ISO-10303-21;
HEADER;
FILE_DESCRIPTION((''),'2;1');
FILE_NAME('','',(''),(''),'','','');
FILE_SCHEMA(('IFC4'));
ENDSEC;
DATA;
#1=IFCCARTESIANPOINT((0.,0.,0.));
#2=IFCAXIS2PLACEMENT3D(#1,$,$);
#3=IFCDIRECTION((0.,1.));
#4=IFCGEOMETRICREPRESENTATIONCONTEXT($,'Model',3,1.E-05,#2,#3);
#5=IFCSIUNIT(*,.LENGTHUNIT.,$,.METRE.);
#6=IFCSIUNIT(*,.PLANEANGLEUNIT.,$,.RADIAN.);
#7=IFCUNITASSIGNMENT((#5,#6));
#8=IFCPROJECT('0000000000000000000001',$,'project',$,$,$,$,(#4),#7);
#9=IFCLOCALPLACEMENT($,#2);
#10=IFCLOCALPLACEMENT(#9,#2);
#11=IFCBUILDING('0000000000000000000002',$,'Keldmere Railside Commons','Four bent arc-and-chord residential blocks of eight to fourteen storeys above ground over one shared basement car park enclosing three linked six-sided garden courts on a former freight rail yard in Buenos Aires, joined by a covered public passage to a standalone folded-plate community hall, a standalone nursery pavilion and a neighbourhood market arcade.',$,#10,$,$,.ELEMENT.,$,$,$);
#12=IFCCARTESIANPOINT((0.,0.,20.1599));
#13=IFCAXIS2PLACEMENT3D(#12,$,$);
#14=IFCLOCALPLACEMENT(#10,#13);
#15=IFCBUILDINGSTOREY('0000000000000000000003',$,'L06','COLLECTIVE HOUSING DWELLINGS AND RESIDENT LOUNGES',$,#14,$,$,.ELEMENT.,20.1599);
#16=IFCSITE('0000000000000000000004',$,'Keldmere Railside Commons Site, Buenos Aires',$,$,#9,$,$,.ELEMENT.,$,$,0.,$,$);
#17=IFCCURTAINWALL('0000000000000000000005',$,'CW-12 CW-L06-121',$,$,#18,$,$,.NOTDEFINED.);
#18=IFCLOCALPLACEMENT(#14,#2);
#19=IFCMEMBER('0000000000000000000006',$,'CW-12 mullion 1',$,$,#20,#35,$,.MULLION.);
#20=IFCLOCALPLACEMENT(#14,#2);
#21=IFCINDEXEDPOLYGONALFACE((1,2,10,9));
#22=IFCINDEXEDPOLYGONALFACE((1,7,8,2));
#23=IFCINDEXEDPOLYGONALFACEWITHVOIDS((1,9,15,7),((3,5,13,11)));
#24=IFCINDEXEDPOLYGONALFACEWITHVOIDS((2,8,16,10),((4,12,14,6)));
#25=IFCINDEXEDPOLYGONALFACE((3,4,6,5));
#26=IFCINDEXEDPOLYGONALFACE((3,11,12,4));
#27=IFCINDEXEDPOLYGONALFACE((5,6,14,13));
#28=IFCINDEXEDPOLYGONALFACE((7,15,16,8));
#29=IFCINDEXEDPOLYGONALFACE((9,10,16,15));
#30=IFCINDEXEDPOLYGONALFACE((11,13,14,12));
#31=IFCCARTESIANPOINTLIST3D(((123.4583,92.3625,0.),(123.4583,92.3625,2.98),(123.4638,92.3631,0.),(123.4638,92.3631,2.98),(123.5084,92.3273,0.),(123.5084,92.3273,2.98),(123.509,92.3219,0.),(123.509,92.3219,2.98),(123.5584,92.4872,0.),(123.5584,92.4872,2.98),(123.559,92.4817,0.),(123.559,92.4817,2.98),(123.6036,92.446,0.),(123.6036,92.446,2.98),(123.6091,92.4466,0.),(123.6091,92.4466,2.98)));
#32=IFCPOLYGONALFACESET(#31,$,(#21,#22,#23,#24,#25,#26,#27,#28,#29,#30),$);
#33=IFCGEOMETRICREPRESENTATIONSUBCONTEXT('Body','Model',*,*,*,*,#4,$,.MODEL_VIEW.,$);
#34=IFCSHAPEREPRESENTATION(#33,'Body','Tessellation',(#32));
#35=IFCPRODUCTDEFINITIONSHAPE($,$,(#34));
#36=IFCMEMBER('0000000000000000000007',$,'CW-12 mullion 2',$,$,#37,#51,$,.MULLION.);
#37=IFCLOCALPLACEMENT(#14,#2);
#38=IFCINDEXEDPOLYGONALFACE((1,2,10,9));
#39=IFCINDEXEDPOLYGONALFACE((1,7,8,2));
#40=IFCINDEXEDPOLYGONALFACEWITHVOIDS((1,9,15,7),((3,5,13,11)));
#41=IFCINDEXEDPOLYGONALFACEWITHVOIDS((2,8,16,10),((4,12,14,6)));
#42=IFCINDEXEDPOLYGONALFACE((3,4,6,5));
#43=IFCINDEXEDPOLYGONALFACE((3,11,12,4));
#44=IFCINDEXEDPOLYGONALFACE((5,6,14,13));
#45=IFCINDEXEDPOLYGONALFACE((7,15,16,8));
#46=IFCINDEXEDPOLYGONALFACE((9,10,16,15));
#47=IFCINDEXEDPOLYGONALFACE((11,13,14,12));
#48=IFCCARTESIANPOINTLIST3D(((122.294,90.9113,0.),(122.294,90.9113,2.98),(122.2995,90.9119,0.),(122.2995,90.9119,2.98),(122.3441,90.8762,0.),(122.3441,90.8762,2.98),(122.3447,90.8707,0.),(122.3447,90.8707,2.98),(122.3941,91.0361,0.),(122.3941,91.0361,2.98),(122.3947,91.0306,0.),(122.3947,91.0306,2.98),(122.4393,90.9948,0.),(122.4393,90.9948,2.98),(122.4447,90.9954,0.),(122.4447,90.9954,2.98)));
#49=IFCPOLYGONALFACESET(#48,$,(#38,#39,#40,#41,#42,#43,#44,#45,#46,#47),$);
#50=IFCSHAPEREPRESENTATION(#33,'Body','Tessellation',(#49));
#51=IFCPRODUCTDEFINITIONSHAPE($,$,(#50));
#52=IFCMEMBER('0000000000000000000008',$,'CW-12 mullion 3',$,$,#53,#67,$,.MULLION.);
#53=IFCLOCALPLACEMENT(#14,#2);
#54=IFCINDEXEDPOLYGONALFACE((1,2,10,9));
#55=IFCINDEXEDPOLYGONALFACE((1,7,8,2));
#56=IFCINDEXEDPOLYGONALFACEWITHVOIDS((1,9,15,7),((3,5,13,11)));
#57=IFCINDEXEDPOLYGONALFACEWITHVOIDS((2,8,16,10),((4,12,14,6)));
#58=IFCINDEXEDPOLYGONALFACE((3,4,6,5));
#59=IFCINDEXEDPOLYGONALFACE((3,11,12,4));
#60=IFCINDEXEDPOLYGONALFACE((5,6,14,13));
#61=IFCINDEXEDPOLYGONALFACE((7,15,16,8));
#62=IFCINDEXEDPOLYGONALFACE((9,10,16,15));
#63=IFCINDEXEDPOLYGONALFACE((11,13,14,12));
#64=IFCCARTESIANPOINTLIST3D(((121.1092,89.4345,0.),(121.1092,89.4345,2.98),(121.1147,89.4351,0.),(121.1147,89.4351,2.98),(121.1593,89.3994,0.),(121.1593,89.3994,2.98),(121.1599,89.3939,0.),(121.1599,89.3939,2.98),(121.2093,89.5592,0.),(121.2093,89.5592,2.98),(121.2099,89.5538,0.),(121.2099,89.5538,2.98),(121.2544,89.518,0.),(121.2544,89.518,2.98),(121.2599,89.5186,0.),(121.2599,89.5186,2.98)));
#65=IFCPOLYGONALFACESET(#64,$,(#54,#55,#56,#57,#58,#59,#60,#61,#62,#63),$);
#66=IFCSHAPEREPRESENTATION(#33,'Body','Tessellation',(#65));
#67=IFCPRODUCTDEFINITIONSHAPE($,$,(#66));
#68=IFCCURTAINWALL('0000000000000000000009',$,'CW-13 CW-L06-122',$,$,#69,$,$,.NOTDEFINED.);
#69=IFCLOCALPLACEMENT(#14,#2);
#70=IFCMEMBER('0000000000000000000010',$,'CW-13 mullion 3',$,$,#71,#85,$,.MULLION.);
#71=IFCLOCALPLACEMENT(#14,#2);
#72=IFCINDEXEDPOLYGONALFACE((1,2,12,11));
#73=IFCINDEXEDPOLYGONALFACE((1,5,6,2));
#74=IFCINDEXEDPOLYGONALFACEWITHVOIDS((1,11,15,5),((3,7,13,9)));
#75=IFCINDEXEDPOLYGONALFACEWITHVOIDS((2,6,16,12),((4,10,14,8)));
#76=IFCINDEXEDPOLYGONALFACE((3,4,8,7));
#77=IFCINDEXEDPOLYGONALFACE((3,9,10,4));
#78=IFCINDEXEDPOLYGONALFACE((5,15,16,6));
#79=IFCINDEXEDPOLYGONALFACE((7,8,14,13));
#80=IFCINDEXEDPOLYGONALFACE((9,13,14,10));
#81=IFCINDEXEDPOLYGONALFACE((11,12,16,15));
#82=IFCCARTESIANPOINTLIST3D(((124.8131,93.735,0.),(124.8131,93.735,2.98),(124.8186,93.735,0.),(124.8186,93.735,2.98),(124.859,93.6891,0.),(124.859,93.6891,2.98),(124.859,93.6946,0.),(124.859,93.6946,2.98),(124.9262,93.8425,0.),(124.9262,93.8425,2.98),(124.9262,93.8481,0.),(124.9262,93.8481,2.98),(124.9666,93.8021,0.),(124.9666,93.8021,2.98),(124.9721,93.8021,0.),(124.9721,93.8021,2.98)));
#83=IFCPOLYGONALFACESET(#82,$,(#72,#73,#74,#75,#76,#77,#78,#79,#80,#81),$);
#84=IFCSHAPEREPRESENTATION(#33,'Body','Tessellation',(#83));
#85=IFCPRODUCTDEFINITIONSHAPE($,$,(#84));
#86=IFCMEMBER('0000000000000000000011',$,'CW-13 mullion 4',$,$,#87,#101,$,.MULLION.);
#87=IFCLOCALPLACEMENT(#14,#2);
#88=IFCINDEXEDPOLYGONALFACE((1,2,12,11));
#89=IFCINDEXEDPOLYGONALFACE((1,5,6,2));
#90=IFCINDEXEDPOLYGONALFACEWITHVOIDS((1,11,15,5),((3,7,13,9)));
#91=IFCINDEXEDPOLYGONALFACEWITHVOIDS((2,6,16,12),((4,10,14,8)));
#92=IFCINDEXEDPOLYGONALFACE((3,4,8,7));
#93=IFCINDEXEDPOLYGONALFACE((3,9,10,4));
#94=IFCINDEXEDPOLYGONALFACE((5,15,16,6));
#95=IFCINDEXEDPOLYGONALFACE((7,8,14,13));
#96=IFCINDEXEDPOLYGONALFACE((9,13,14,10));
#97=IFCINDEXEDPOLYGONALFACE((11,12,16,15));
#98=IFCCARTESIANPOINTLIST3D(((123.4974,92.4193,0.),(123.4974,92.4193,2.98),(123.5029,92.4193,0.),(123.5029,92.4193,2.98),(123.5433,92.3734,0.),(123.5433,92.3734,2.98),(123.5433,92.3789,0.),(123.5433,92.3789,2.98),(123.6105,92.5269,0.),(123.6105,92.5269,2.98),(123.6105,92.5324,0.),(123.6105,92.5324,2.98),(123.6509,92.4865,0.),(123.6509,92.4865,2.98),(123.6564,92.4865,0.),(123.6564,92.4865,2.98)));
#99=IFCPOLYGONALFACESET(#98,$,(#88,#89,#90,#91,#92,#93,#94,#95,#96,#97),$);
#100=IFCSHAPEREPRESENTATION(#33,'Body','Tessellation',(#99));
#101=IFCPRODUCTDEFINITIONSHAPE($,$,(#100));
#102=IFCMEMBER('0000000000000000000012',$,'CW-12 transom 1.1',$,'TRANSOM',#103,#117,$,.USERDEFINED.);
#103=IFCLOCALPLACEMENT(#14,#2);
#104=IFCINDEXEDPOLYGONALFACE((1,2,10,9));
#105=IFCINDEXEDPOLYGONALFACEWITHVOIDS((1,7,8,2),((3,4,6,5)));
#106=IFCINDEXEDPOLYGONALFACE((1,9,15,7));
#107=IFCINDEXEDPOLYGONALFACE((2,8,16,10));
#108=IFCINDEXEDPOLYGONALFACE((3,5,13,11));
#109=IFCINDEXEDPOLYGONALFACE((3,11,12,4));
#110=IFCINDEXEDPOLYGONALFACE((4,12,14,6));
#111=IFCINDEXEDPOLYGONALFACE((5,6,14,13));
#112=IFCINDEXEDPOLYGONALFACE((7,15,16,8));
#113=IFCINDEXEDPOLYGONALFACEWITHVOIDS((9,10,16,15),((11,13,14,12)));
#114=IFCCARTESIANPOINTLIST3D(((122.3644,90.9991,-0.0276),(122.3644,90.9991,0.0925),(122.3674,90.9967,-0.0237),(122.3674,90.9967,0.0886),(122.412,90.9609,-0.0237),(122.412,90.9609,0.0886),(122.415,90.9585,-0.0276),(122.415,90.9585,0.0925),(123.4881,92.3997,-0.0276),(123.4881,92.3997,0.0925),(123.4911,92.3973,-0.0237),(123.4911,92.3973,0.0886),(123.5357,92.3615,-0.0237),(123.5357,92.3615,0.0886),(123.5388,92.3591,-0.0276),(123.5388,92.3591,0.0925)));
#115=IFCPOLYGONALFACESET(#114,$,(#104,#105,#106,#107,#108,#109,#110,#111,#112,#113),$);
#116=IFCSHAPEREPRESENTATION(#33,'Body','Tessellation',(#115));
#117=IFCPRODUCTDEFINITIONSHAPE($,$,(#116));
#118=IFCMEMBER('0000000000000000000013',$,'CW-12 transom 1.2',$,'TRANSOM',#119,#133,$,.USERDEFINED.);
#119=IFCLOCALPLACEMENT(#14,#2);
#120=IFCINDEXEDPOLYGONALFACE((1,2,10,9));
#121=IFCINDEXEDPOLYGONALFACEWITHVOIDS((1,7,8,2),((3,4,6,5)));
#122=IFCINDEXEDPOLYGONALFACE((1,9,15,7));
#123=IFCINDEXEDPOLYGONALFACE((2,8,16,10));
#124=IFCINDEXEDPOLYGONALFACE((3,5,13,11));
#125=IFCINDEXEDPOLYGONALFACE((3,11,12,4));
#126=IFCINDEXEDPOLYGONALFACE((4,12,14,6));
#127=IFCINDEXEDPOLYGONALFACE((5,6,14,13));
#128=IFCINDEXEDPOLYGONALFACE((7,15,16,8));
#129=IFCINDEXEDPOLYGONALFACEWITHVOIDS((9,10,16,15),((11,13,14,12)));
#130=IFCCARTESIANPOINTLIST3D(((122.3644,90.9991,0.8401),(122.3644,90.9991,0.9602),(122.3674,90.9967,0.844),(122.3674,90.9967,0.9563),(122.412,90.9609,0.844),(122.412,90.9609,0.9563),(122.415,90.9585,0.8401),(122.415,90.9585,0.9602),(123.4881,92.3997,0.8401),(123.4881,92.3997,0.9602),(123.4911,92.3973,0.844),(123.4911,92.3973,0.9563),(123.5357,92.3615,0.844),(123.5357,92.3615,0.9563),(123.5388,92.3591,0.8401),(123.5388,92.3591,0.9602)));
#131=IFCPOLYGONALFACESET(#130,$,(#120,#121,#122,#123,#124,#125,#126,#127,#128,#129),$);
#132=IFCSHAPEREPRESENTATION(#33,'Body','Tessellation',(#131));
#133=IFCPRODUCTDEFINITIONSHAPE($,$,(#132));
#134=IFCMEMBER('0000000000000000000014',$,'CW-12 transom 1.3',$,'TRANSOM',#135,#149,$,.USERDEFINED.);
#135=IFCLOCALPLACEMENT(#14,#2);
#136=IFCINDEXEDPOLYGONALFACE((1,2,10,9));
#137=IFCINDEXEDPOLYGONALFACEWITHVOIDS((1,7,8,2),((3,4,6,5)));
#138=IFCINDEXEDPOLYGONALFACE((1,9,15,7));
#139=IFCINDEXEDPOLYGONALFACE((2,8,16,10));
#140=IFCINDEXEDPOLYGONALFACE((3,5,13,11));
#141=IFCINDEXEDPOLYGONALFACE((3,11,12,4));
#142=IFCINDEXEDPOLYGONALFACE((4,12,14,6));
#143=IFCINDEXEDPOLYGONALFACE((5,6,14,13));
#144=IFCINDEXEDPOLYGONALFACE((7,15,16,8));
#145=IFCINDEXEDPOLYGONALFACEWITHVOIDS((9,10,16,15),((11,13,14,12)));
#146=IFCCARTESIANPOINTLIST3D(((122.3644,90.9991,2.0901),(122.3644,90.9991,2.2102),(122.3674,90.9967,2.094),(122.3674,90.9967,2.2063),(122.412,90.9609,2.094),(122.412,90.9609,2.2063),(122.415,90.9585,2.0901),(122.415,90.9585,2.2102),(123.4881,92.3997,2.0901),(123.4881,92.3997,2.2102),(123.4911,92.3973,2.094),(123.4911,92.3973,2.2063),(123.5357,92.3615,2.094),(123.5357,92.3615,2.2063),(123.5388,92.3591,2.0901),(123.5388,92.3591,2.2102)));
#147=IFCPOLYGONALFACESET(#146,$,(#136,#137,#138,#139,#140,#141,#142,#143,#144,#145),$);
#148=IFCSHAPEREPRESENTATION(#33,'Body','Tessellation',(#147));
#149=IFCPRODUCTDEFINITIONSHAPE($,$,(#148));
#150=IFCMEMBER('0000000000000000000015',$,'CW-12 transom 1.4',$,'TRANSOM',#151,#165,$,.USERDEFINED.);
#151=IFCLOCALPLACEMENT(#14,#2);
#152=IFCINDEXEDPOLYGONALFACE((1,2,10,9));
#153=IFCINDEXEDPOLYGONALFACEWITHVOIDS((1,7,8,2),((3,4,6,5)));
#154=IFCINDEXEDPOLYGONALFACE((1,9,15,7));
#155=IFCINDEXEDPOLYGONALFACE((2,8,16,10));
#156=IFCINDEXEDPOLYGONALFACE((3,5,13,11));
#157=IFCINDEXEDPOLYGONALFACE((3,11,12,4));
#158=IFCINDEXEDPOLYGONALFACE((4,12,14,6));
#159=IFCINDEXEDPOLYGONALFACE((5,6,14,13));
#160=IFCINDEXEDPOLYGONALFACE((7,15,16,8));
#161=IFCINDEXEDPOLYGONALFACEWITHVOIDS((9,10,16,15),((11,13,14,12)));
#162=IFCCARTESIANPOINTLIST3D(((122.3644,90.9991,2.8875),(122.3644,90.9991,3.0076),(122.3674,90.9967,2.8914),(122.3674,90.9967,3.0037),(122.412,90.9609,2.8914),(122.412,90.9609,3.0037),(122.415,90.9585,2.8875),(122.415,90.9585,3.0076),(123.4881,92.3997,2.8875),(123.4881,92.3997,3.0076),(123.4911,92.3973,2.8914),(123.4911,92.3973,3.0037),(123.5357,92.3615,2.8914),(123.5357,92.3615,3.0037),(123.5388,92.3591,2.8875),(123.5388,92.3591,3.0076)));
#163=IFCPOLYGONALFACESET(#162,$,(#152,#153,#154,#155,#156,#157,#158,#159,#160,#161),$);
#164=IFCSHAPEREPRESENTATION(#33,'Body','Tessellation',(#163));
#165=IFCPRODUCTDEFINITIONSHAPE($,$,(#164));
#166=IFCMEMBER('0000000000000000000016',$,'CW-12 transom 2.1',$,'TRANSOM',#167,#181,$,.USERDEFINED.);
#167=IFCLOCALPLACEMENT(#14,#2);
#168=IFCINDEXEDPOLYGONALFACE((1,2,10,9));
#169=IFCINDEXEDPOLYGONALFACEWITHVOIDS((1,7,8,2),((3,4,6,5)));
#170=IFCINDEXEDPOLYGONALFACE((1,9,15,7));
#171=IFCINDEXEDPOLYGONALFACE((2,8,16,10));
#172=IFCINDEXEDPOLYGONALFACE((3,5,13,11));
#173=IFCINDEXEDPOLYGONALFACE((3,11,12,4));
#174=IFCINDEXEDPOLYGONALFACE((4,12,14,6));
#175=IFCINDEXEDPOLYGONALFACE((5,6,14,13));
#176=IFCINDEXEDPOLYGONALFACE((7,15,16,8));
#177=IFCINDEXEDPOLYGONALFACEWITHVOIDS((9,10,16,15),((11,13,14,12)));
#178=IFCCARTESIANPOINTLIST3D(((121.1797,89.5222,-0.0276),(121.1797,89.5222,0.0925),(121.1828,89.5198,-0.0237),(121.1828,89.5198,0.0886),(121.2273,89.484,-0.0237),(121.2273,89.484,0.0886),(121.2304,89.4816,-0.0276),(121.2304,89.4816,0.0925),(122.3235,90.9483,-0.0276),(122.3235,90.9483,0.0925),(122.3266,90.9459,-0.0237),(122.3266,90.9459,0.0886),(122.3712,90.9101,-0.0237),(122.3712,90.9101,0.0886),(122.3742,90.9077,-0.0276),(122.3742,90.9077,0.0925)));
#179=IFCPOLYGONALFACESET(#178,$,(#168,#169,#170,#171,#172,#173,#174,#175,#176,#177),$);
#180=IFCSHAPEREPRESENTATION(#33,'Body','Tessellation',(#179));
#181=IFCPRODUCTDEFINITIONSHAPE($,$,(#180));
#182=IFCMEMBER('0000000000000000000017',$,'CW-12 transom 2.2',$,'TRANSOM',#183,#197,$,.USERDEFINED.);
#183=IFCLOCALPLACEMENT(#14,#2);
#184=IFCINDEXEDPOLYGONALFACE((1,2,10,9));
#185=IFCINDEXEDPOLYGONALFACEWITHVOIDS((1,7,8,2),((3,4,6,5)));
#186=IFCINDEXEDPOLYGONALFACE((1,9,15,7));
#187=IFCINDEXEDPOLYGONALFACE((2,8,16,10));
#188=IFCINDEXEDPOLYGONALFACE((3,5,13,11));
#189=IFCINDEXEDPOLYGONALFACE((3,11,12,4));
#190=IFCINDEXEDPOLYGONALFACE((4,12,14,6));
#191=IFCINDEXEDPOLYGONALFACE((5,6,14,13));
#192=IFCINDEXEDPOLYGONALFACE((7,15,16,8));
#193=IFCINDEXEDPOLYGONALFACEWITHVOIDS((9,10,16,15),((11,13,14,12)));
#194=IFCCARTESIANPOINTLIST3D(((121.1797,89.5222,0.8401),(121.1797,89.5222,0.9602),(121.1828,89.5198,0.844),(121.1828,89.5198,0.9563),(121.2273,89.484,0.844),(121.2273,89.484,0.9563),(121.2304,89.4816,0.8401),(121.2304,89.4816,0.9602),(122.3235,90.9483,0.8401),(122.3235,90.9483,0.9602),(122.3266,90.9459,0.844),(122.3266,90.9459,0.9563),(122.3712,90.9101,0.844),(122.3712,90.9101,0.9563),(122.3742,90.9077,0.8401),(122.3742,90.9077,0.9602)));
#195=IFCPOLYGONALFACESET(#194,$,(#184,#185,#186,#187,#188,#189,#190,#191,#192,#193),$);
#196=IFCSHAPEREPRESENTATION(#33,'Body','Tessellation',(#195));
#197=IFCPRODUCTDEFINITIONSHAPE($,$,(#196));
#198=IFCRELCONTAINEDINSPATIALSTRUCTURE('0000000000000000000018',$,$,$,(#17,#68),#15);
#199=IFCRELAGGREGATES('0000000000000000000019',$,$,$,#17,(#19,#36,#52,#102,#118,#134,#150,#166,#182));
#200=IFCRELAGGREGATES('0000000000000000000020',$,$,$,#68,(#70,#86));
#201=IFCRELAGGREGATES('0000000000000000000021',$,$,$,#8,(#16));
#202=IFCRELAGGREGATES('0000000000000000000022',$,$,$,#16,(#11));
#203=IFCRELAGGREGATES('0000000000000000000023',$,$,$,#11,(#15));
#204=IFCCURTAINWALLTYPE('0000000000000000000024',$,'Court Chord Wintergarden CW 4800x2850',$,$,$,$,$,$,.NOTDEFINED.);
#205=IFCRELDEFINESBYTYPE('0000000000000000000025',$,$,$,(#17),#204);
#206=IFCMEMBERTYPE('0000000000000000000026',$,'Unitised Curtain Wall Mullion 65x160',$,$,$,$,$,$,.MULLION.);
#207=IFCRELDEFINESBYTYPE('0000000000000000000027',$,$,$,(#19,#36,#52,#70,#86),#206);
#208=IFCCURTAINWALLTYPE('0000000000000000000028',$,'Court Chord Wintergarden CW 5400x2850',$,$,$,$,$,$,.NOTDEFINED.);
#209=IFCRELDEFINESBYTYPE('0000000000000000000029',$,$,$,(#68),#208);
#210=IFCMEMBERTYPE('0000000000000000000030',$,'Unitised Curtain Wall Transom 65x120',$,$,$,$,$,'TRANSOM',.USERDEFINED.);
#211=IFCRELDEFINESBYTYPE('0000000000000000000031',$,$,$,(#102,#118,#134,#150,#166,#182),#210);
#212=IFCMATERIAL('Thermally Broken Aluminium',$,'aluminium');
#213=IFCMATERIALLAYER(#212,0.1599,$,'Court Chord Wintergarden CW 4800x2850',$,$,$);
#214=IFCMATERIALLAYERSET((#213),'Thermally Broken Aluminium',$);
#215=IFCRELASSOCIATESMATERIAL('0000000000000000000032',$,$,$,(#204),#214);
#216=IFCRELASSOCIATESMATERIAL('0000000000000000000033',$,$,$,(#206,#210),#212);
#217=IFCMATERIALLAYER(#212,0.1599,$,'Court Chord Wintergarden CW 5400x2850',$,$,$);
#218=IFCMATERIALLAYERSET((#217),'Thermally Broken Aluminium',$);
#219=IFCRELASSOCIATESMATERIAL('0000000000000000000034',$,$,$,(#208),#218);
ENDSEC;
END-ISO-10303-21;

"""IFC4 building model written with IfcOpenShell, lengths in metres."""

from ifc_helpers import new_model, si_unit, direction, frame, origin, origin_2d, place, context, subcontext, project, spatial, hollow_rectangle, extrude, material, layer, layer_set, material_profile, profile_set, type_object, element, aggregate, save


model = new_model("IFC4")

# Units and contexts
model_context = context("Model", 3, precision=1e-05, world=origin(), true_north=direction((0.0, 1.0)))
body_context = subcontext(model_context, "Body", "Model", "MODEL_VIEW")
ifc_project = project(units=[si_unit("LENGTHUNIT", "METRE"), si_unit("PLANEANGLEUNIT", "RADIAN")], contexts=[model_context])

# Site, building, storey
site_placement = place(None, origin())
site = spatial("IfcSite", under=ifc_project, at=site_placement, Name="Keldmere Railside Commons Site, Buenos Aires", CompositionType="ELEMENT", RefElevation=0.0)
building_placement = place(site_placement, origin())
building = spatial("IfcBuilding", under=site, at=building_placement, Name="Keldmere Railside Commons", Description="Four bent arc-and-chord residential blocks of eight to fourteen storeys above ground over one shared basement car park enclosing three linked six-sided garden courts on a former freight rail yard in Buenos Aires, joined by a covered public passage to a standalone folded-plate community hall, a standalone nursery pavilion and a neighbourhood market arcade.", CompositionType="ELEMENT")
storey_placement = place(building_placement, frame((0.0, 0.0, 20.1599)))
storey = spatial("IfcBuildingStorey", under=building, at=storey_placement, Name="L06", Description="COLLECTIVE HOUSING DWELLINGS AND RESIDENT LOUNGES", CompositionType="ELEMENT", Elevation=20.1599)

# Curtain walls, members
ifc_material_1 = material(Name="Thermally Broken Aluminium", Category="aluminium")
ifc_layer_1 = layer(ifc_material_1, 0.1599, Name="Court Chord Wintergarden CW 4800x2850")
ifc_layer_set_1 = layer_set([ifc_layer_1], Name="Thermally Broken Aluminium")
curtain_wall_type_1 = type_object("IfcCurtainWallType", Name="Court Chord Wintergarden CW 4800x2850", PredefinedType="NOTDEFINED", material=ifc_layer_set_1)
curtain_wall_1_placement = place(storey_placement, origin())
curtain_wall_1 = element("IfcCurtainWall", 1, at=curtain_wall_1_placement, inside=storey, type_object=curtain_wall_type_1, Name="CW-12 CW-L06-121", PredefinedType="NOTDEFINED")
ifc_material_profile_1 = material_profile(ifc_material_1, hollow_rectangle(XDim=0.0649, YDim=0.1599, WallThickness=0.0039, at=origin_2d()), Name="ALU-MULL-65x160")
ifc_profile_set_1 = profile_set([ifc_material_profile_1], Name="Thermally Broken Aluminium")
member_type_1 = type_object("IfcMemberType", Name="Unitised Curtain Wall Mullion 65x160", PredefinedType="MULLION", material=ifc_profile_set_1)
member_1_placement = place(storey_placement, frame((123.5337, 92.4045, 0.0), z_axis=(0.0, 0.0, 1.0), x_axis=(0.780009, -0.625768, 0.0)))
member_1 = element("IfcMember", 2, at=member_1_placement, type_object=member_type_1, Name="CW-12 mullion 1", PredefinedType="MULLION", context=body_context, shape_type="SweptSolid", body=[
    extrude(hollow_rectangle(XDim=0.0649, YDim=0.1599, WallThickness=0.0039, at=origin_2d()), origin(), (0.0, 0.0, 1.0), 2.98),
])
member_2_placement = place(storey_placement, frame((122.3694, 90.9534, 0.0), z_axis=(0.0, 0.0, 1.0), x_axis=(0.780009, -0.625768, 0.0)))
member_2 = element("IfcMember", 3, at=member_2_placement, type_object=member_type_1, Name="CW-12 mullion 2", PredefinedType="MULLION", context=body_context, shape_type="SweptSolid", body=[
    extrude(hollow_rectangle(XDim=0.0649, YDim=0.1599, WallThickness=0.0039, at=origin_2d()), origin(), (0.0, 0.0, 1.0), 2.98),
])
member_3_placement = place(storey_placement, frame((121.1846, 89.4766, 0.0), z_axis=(0.0, 0.0, 1.0), x_axis=(0.780009, -0.625768, 0.0)))
member_3 = element("IfcMember", 4, at=member_3_placement, type_object=member_type_1, Name="CW-12 mullion 3", PredefinedType="MULLION", context=body_context, shape_type="SweptSolid", body=[
    extrude(hollow_rectangle(XDim=0.0649, YDim=0.1599, WallThickness=0.0039, at=origin_2d()), origin(), (0.0, 0.0, 1.0), 2.98),
])
ifc_layer_2 = layer(ifc_material_1, 0.1599, Name="Court Chord Wintergarden CW 5400x2850")
ifc_layer_set_2 = layer_set([ifc_layer_2], Name="Thermally Broken Aluminium")
curtain_wall_type_2 = type_object("IfcCurtainWallType", Name="Court Chord Wintergarden CW 5400x2850", PredefinedType="NOTDEFINED", material=ifc_layer_set_2)
curtain_wall_2_placement = place(storey_placement, origin())
curtain_wall_2 = element("IfcCurtainWall", 5, at=curtain_wall_2_placement, inside=storey, type_object=curtain_wall_type_2, Name="CW-13 CW-L06-122", PredefinedType="NOTDEFINED")
member_4_placement = place(storey_placement, frame((124.8926, 93.7686, 0.0), z_axis=(0.0, 0.0, 1.0), x_axis=(0.707107, -0.707107, 0.0)))
member_4 = element("IfcMember", 6, at=member_4_placement, type_object=member_type_1, Name="CW-13 mullion 3", PredefinedType="MULLION", context=body_context, shape_type="SweptSolid", body=[
    extrude(hollow_rectangle(XDim=0.0649, YDim=0.1599, WallThickness=0.0039, at=origin_2d()), origin(), (0.0, 0.0, 1.0), 2.98),
])
member_5_placement = place(storey_placement, frame((123.5769, 92.4529, 0.0), z_axis=(0.0, 0.0, 1.0), x_axis=(0.707107, -0.707107, 0.0)))
member_5 = element("IfcMember", 7, at=member_5_placement, type_object=member_type_1, Name="CW-13 mullion 4", PredefinedType="MULLION", context=body_context, shape_type="SweptSolid", body=[
    extrude(hollow_rectangle(XDim=0.0649, YDim=0.1599, WallThickness=0.0039, at=origin_2d()), origin(), (0.0, 0.0, 1.0), 2.98),
])

# Members
ifc_material_profile_2 = material_profile(ifc_material_1, hollow_rectangle(XDim=0.0649, YDim=0.1201, WallThickness=0.0039, at=origin_2d()), Name="ALU-TRAN-65x120")
ifc_profile_set_2 = profile_set([ifc_material_profile_2], Name="Thermally Broken Aluminium")
member_type_2 = type_object("IfcMemberType", Name="Unitised Curtain Wall Transom 65x120", ElementType="TRANSOM", PredefinedType="USERDEFINED", material=ifc_profile_set_2)
member_6_placement = place(storey_placement, frame((123.5134, 92.3794, 0.0325), z_axis=(-0.625805, -0.779979, 0.0), x_axis=(0.779979, -0.625805, 0.0)))
member_6 = element("IfcMember", 8, at=member_6_placement, type_object=member_type_2, Name="CW-12 transom 1.1", ObjectType="TRANSOM", PredefinedType="USERDEFINED", context=body_context, shape_type="SweptSolid", body=[
    extrude(hollow_rectangle(XDim=0.0649, YDim=0.1201, WallThickness=0.0039, at=origin_2d()), origin(), (0.0, 0.0, 1.0), 1.7957),
])
member_7_placement = place(storey_placement, frame((123.5134, 92.3794, 0.9001), z_axis=(-0.625805, -0.779979, 0.0), x_axis=(0.779979, -0.625805, 0.0)))
member_7 = element("IfcMember", 9, at=member_7_placement, type_object=member_type_2, Name="CW-12 transom 1.2", ObjectType="TRANSOM", PredefinedType="USERDEFINED", context=body_context, shape_type="SweptSolid", body=[
    extrude(hollow_rectangle(XDim=0.0649, YDim=0.1201, WallThickness=0.0039, at=origin_2d()), origin(), (0.0, 0.0, 1.0), 1.7957),
])
member_8_placement = place(storey_placement, frame((123.5134, 92.3794, 2.1501), z_axis=(-0.625805, -0.779979, 0.0), x_axis=(0.779979, -0.625805, 0.0)))
member_8 = element("IfcMember", 10, at=member_8_placement, type_object=member_type_2, Name="CW-12 transom 1.3", ObjectType="TRANSOM", PredefinedType="USERDEFINED", context=body_context, shape_type="SweptSolid", body=[
    extrude(hollow_rectangle(XDim=0.0649, YDim=0.1201, WallThickness=0.0039, at=origin_2d()), origin(), (0.0, 0.0, 1.0), 1.7957),
])
member_9_placement = place(storey_placement, frame((123.5134, 92.3794, 2.9475), z_axis=(-0.625805, -0.779979, 0.0), x_axis=(0.779979, -0.625805, 0.0)))
member_9 = element("IfcMember", 11, at=member_9_placement, type_object=member_type_2, Name="CW-12 transom 1.4", ObjectType="TRANSOM", PredefinedType="USERDEFINED", context=body_context, shape_type="SweptSolid", body=[
    extrude(hollow_rectangle(XDim=0.0649, YDim=0.1201, WallThickness=0.0039, at=origin_2d()), origin(), (0.0, 0.0, 1.0), 1.7957),
])
member_10_placement = place(storey_placement, frame((122.3489, 90.928, 0.0325), z_axis=(-0.625688, -0.780073, 0.0), x_axis=(0.780073, -0.625688, 0.0)))
member_10 = element("IfcMember", 12, at=member_10_placement, type_object=member_type_2, Name="CW-12 transom 2.1", ObjectType="TRANSOM", PredefinedType="USERDEFINED", context=body_context, shape_type="SweptSolid", body=[
    extrude(hollow_rectangle(XDim=0.0649, YDim=0.1201, WallThickness=0.0039, at=origin_2d()), origin(), (0.0, 0.0, 1.0), 1.8281),
])
member_11_placement = place(storey_placement, frame((122.3489, 90.928, 0.9001), z_axis=(-0.625688, -0.780073, 0.0), x_axis=(0.780073, -0.625688, 0.0)))
member_11 = element("IfcMember", 13, at=member_11_placement, type_object=member_type_2, Name="CW-12 transom 2.2", ObjectType="TRANSOM", PredefinedType="USERDEFINED", context=body_context, shape_type="SweptSolid", body=[
    extrude(hollow_rectangle(XDim=0.0649, YDim=0.1201, WallThickness=0.0039, at=origin_2d()), origin(), (0.0, 0.0, 1.0), 1.8281),
])

aggregate(curtain_wall_1, [member_1, member_2, member_3, member_6, member_7, member_8, member_9, member_10, member_11])
aggregate(curtain_wall_2, [member_4, member_5])

save(model, "model.ifc")
